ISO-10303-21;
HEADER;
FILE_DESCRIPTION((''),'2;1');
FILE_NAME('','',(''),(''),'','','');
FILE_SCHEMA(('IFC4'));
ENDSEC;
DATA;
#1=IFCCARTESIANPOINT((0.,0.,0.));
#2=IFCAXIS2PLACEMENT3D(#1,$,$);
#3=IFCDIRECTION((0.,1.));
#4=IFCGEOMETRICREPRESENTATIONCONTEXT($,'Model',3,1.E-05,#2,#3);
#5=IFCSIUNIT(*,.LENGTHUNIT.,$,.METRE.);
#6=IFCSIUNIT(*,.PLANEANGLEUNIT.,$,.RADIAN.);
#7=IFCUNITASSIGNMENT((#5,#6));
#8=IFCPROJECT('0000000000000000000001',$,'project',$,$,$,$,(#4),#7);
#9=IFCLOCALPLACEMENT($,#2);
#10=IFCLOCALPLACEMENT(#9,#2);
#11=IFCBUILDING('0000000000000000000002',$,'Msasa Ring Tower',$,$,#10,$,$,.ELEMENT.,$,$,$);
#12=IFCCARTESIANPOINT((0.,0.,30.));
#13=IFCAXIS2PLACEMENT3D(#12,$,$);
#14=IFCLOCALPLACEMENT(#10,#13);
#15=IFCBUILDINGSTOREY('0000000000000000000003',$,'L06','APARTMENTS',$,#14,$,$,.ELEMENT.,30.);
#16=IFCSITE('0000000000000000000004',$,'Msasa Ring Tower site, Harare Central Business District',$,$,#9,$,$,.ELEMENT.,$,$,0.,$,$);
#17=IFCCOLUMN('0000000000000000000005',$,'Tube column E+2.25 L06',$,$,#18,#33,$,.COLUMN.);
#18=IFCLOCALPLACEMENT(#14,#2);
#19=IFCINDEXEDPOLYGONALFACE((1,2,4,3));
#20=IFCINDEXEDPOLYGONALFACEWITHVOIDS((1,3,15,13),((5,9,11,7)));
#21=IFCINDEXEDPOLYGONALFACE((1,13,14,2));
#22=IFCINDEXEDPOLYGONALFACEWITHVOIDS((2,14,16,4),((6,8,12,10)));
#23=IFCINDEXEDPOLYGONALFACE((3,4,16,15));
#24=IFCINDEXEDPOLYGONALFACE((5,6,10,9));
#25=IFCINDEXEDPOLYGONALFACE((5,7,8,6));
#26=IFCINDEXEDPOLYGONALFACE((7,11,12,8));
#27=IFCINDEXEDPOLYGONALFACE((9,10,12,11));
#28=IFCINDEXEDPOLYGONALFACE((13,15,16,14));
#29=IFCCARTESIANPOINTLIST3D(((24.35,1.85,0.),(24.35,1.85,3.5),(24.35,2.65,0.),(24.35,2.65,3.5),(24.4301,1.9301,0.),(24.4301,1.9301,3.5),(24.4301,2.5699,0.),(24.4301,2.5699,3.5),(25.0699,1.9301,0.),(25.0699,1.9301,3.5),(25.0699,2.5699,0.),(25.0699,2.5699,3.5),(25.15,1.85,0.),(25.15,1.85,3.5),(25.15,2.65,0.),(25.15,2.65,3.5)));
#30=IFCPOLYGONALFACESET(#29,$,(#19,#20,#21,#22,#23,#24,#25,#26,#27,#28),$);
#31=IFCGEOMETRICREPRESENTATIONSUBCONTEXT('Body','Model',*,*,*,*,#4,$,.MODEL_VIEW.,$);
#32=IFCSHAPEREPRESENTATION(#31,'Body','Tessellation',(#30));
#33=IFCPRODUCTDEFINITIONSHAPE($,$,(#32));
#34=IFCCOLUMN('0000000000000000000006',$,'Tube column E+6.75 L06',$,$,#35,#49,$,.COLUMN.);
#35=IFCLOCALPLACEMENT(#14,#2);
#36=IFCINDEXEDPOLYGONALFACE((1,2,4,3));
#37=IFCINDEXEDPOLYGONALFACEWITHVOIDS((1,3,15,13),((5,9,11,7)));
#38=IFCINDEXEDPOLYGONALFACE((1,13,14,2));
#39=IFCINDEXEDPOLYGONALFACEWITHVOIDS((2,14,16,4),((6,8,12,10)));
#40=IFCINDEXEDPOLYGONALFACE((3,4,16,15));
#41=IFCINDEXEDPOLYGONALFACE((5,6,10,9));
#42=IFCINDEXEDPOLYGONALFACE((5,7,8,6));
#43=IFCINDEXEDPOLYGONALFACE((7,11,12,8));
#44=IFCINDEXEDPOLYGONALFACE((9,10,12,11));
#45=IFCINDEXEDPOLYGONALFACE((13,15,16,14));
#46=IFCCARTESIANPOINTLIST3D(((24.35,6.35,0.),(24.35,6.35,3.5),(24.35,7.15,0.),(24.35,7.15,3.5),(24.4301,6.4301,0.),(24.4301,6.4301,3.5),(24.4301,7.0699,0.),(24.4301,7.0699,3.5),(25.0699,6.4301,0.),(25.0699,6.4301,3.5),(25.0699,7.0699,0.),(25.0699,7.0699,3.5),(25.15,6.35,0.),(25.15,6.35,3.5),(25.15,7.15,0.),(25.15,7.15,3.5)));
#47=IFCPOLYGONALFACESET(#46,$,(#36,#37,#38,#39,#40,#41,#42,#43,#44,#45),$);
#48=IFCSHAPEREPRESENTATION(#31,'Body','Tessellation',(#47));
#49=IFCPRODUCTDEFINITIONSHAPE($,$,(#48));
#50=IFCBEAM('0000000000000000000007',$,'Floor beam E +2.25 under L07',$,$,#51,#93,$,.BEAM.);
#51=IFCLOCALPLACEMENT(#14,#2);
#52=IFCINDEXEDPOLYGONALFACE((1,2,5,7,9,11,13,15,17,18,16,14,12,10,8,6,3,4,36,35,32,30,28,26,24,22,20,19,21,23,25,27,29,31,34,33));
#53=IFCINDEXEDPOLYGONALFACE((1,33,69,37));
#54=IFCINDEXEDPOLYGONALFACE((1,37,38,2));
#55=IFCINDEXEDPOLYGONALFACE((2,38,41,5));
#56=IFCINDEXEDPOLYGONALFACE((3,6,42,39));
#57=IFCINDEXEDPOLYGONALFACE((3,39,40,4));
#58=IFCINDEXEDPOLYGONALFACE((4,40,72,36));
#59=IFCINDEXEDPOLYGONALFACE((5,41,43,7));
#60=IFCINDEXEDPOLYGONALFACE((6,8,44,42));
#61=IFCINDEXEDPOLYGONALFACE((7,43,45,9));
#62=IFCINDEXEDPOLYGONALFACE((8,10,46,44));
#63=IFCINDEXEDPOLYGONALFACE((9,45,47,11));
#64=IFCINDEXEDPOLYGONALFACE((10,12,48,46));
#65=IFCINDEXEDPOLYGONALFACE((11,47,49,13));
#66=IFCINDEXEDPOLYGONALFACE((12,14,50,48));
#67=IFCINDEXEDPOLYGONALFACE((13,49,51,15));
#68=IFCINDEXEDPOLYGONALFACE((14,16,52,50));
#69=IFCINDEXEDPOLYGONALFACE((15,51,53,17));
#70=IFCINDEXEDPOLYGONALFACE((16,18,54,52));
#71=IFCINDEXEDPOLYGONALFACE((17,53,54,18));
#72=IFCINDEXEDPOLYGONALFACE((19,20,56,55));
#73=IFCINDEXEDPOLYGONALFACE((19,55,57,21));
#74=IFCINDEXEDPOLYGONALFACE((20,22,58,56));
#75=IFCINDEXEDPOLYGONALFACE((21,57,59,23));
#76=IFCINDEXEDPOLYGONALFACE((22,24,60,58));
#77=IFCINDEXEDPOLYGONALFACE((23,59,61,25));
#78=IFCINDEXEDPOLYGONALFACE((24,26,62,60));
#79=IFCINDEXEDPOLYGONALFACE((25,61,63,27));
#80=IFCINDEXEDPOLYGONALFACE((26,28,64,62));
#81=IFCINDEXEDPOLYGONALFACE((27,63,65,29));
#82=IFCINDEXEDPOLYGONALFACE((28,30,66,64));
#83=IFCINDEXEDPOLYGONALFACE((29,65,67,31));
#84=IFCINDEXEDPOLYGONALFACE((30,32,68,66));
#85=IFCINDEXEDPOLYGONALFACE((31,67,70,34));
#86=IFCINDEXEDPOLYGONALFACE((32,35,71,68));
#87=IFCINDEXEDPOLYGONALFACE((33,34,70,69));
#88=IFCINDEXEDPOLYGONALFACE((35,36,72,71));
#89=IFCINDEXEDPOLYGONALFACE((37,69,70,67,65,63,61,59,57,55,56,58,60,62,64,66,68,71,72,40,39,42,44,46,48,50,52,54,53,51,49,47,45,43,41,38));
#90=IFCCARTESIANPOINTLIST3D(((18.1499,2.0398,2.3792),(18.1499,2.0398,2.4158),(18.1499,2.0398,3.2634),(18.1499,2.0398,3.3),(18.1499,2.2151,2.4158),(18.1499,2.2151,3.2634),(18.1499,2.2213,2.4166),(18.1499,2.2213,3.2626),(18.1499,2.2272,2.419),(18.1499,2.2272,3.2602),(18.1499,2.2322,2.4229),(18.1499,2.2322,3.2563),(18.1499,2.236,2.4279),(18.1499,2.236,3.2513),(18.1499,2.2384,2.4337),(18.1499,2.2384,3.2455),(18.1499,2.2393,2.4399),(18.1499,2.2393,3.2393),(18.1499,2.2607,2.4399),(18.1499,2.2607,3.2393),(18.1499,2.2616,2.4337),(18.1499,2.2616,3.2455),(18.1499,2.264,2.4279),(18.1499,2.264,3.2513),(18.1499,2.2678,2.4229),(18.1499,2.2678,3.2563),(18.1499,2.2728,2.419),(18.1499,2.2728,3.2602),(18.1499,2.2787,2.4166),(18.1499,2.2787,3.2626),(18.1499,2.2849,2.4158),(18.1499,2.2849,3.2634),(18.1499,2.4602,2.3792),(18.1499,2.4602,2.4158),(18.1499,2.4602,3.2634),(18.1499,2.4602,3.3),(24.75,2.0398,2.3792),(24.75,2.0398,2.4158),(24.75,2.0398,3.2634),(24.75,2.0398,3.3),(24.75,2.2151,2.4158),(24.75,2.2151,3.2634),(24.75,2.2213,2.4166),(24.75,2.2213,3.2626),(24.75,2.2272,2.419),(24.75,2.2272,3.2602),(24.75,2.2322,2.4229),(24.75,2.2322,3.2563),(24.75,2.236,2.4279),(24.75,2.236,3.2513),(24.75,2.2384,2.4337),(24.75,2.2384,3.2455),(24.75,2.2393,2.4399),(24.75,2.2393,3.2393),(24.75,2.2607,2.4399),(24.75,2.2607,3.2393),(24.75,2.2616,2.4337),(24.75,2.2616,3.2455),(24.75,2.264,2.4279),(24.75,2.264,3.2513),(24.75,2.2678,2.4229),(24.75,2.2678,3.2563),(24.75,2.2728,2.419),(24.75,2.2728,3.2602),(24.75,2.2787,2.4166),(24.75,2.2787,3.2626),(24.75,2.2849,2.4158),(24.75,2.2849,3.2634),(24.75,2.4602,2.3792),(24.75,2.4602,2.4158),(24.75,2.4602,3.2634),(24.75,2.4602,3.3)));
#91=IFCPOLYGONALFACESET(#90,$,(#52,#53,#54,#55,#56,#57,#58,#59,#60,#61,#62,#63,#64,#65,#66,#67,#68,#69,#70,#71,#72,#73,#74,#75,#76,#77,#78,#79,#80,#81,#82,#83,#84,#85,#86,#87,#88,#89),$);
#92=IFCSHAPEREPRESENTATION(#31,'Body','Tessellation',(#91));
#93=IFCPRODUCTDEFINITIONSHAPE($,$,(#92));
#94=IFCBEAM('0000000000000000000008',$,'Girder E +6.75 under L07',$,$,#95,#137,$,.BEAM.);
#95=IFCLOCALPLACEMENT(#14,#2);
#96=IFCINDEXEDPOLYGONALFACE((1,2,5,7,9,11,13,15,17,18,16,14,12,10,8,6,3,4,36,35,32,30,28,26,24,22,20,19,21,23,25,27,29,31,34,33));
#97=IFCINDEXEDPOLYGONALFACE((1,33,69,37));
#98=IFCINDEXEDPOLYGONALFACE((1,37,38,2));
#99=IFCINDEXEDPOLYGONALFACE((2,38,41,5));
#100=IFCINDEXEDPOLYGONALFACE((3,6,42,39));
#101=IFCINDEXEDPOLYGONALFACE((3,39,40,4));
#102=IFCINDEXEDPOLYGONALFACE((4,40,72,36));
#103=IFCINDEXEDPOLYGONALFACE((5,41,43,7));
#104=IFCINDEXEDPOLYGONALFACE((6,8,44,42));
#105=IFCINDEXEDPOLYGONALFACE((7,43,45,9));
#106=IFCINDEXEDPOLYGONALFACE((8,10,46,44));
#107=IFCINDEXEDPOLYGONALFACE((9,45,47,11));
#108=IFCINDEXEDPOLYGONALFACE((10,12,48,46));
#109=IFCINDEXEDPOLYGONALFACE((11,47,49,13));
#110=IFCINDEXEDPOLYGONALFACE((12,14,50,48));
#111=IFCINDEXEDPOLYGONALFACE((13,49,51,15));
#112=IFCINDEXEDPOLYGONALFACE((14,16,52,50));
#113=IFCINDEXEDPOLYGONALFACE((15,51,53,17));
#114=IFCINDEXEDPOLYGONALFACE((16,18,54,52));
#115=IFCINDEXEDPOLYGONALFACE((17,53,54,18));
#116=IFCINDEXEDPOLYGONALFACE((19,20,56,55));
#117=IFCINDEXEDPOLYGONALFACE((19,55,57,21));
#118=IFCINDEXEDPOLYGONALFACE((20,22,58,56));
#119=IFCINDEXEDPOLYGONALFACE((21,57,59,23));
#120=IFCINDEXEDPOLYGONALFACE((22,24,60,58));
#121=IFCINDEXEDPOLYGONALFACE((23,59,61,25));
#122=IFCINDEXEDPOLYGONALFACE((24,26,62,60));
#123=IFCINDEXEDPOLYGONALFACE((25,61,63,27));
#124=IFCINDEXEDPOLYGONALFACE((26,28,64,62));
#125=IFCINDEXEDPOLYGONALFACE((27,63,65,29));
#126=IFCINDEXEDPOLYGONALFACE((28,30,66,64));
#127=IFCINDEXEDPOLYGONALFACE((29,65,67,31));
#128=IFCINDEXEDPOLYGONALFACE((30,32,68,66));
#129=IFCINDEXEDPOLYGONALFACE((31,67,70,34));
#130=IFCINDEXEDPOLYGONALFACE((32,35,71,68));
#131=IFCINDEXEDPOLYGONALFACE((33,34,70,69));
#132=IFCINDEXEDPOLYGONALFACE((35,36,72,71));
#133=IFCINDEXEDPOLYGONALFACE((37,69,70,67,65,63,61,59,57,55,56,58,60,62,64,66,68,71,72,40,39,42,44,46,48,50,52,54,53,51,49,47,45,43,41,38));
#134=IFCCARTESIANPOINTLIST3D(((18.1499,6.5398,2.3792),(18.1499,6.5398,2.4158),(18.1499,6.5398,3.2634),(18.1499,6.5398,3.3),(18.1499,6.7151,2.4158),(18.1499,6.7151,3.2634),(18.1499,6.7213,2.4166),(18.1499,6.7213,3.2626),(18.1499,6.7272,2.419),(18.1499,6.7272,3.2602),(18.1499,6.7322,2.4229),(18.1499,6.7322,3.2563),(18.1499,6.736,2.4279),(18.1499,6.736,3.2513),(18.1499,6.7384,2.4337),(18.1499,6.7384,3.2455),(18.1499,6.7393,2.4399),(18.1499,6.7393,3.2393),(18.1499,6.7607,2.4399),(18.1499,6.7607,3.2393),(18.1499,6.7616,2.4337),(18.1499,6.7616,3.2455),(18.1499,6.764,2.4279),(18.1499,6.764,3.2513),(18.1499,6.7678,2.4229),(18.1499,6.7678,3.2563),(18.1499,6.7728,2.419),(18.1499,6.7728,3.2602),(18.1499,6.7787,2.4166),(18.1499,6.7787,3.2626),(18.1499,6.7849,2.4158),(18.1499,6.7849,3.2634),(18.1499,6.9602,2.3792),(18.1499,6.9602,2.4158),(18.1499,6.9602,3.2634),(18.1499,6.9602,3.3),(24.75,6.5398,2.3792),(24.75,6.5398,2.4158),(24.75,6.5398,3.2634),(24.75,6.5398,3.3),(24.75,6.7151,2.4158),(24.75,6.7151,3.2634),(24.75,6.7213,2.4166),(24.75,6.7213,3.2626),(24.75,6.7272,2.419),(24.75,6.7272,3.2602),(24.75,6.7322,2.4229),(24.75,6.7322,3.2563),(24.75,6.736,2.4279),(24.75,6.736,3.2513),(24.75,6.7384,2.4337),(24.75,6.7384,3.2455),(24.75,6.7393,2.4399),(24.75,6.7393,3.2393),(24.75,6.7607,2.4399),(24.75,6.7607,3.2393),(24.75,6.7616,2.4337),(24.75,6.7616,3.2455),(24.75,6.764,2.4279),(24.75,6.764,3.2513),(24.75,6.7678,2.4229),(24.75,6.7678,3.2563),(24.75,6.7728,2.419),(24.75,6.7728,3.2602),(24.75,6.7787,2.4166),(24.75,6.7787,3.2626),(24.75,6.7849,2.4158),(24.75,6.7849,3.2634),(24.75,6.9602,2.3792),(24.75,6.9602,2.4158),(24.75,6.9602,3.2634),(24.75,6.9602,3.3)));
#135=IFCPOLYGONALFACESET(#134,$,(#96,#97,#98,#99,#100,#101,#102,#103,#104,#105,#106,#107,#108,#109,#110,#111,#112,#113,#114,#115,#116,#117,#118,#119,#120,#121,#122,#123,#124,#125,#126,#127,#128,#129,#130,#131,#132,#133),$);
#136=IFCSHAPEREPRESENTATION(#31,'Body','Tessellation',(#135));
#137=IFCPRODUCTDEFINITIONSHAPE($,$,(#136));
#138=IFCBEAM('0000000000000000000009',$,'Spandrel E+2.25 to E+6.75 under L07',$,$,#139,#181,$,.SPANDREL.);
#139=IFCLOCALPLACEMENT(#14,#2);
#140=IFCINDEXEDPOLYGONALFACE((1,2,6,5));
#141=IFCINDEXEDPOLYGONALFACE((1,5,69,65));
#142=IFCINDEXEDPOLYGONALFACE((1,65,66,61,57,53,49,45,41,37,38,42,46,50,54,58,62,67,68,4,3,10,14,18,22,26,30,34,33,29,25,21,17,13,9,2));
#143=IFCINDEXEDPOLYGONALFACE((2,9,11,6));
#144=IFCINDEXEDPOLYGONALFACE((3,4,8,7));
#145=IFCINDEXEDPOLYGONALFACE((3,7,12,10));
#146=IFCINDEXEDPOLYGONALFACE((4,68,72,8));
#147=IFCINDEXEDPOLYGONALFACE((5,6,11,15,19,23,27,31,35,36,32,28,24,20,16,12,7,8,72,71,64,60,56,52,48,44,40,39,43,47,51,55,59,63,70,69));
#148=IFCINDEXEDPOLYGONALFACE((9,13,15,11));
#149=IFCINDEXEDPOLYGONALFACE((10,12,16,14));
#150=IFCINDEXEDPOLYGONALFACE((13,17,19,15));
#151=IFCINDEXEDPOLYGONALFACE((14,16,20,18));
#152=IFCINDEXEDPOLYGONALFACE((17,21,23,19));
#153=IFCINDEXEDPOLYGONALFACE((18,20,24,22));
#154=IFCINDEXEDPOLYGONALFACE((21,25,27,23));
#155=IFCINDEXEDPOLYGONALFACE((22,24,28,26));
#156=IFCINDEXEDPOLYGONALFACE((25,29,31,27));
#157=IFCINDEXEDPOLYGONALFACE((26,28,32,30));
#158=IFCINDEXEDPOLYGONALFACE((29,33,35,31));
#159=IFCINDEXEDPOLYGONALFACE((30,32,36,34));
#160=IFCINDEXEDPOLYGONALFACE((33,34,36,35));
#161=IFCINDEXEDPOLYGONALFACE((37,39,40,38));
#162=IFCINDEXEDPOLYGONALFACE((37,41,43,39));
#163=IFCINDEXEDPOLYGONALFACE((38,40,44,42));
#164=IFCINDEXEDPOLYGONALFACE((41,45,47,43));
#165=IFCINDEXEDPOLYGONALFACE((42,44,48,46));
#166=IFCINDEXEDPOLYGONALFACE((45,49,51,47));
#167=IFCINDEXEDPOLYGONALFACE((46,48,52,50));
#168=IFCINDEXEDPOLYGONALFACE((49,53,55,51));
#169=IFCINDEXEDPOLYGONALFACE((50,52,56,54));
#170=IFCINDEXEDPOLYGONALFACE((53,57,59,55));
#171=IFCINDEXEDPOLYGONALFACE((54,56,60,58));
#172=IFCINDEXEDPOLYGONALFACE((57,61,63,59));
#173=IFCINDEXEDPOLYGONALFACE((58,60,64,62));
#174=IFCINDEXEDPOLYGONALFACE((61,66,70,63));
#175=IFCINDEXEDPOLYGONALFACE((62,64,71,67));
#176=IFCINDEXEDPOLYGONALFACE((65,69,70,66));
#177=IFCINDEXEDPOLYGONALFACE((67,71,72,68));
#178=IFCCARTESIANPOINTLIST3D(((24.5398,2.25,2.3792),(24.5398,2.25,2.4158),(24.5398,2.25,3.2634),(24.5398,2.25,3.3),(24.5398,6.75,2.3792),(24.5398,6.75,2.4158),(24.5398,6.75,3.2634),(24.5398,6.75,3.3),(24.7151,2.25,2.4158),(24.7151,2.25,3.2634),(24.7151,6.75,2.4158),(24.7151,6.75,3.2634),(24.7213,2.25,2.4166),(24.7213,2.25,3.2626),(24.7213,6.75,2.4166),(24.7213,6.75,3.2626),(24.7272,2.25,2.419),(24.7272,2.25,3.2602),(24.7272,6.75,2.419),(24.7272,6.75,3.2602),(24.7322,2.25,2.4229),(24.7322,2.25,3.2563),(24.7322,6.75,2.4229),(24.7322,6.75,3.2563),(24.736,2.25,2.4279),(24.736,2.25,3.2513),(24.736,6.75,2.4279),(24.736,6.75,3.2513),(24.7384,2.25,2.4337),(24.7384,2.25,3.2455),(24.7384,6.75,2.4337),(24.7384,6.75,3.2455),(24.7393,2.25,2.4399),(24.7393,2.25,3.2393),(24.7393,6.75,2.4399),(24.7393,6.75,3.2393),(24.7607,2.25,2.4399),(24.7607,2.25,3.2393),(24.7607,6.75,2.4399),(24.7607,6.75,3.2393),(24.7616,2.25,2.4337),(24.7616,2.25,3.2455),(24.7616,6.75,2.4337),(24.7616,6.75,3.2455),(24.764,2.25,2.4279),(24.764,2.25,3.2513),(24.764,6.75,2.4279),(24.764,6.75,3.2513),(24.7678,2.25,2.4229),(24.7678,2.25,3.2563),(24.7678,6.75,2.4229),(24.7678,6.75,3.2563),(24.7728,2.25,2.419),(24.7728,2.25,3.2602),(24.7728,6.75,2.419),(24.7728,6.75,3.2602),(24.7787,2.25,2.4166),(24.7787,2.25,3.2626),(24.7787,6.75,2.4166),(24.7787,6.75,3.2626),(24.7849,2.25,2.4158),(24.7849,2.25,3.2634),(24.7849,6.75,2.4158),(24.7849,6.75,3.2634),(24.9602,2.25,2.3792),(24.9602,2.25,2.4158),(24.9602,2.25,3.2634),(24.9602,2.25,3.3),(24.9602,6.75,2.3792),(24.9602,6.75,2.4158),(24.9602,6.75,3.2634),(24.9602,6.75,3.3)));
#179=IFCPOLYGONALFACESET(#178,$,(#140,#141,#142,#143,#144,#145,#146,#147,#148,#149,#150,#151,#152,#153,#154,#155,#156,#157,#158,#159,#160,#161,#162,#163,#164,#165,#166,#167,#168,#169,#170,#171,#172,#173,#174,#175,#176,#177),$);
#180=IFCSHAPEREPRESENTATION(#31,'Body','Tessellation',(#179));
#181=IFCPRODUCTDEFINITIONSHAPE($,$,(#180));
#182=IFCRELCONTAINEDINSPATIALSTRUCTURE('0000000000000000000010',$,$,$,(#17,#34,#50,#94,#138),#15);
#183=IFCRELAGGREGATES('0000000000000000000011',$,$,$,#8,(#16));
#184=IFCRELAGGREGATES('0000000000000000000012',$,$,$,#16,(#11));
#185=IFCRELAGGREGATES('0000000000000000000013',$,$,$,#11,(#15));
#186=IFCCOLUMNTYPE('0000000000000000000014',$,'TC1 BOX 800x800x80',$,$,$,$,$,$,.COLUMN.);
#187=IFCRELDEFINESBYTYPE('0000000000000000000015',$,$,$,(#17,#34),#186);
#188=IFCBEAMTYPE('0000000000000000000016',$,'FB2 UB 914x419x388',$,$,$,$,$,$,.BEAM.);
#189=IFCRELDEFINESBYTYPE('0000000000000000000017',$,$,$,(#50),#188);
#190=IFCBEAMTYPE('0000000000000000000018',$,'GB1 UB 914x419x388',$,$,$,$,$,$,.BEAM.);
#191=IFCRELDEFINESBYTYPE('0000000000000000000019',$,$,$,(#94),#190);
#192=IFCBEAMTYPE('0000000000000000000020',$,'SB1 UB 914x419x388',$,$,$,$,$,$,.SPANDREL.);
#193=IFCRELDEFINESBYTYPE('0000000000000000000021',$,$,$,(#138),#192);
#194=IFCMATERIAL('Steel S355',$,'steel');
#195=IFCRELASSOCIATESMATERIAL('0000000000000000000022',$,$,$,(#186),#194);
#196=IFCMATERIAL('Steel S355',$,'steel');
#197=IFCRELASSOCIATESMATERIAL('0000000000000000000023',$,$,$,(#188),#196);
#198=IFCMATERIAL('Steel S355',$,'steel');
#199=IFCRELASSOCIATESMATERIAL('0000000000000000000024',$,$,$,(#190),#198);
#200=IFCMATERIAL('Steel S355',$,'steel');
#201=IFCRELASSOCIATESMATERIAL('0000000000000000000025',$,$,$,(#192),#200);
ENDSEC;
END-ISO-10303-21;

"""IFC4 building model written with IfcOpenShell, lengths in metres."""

from ifc_helpers import new_model, si_unit, direction, frame, origin, origin_2d, place, context, subcontext, project, spatial, hollow_rectangle, i_section, extrude, material, material_profile, profile_set, type_object, element, save


model = new_model("IFC4")

# Units and contexts
model_context = context("Model", 3, precision=1e-05, world=origin(), true_north=direction((0.0, 1.0)))
body_context = subcontext(model_context, "Body", "Model", "MODEL_VIEW")
ifc_project = project(units=[si_unit("LENGTHUNIT", "METRE"), si_unit("PLANEANGLEUNIT", "RADIAN")], contexts=[model_context])

# Site, building, storey
site_placement = place(None, origin())
site = spatial("IfcSite", under=ifc_project, at=site_placement, Name="Msasa Ring Tower site, Harare Central Business District", CompositionType="ELEMENT", RefElevation=0.0)
building_placement = place(site_placement, origin())
building = spatial("IfcBuilding", under=site, at=building_placement, Name="Msasa Ring Tower", CompositionType="ELEMENT")
storey_placement = place(building_placement, frame((0.0, 0.0, 30.0)))
storey = spatial("IfcBuildingStorey", under=building, at=storey_placement, Name="L06", Description="APARTMENTS", CompositionType="ELEMENT", Elevation=30.0)

# Columns
ifc_material_1 = material(Name="Steel S355", Category="steel")
ifc_material_profile_1 = material_profile(ifc_material_1, hollow_rectangle(XDim=0.8, YDim=0.8, WallThickness=0.0801, at=origin_2d()), Name="BOX 800x800x80")
ifc_profile_set_1 = profile_set([ifc_material_profile_1], Name="Steel S355")
column_type = type_object("IfcColumnType", Name="TC1 BOX 800x800x80", PredefinedType="COLUMN", material=ifc_profile_set_1)
for number, where, z_axis, x_axis, name in (
    (1, (24.75, 2.25, 0.0), (0.0, 0.0, 1.0), (1.0, 0.0, 0.0), "Tube column E+2.25 L06"),
    (2, (24.75, 6.75, 0.0), (0.0, 0.0, 1.0), (1.0, 0.0, 0.0), "Tube column E+6.75 L06"),
):
    element("IfcColumn", number, at=place(storey_placement, frame(where, z_axis=z_axis, x_axis=x_axis)), inside=storey, type_object=column_type, Name=name, PredefinedType="COLUMN", context=body_context, shape_type="SweptSolid", body=[
        extrude(hollow_rectangle(XDim=0.8, YDim=0.8, WallThickness=0.0801, at=origin_2d()), origin(), (0.0, 0.0, 1.0), 3.5),
    ])

# Beams
ifc_material_2 = material(Name="Steel S355", Category="steel")
ifc_material_profile_2 = material_profile(ifc_material_2, i_section(OverallWidth=0.4204, OverallDepth=0.9209, WebThickness=0.0215, FlangeThickness=0.0366, FilletRadius=0.0242, at=origin_2d()), Name="UB 914x419x388")
ifc_profile_set_2 = profile_set([ifc_material_profile_2], Name="Steel S355")
beam_type_1 = type_object("IfcBeamType", Name="FB2 UB 914x419x388", PredefinedType="BEAM", material=ifc_profile_set_2)
beam_1_placement = place(storey_placement, frame((24.75, 2.25, 2.8396), z_axis=(-1.0, 0.0, 0.0), x_axis=(0.0, -1.0, 0.0)))
element("IfcBeam", 3, at=beam_1_placement, inside=storey, type_object=beam_type_1, Name="Floor beam E +2.25 under L07", PredefinedType="BEAM", context=body_context, shape_type="SweptSolid", body=[
    extrude(i_section(OverallWidth=0.4204, OverallDepth=0.9209, WebThickness=0.0215, FlangeThickness=0.0366, FilletRadius=0.0242, at=origin_2d()), origin(), (0.0, 0.0, 1.0), 6.6001),
])
ifc_material_3 = material(Name="Steel S355", Category="steel")
ifc_material_profile_3 = material_profile(ifc_material_3, i_section(OverallWidth=0.4204, OverallDepth=0.9209, WebThickness=0.0215, FlangeThickness=0.0366, FilletRadius=0.0242, at=origin_2d()), Name="UB 914x419x388")
ifc_profile_set_3 = profile_set([ifc_material_profile_3], Name="Steel S355")
beam_type_2 = type_object("IfcBeamType", Name="GB1 UB 914x419x388", PredefinedType="BEAM", material=ifc_profile_set_3)
beam_2_placement = place(storey_placement, frame((18.1499, 6.75, 2.8396), z_axis=(1.0, 0.0, 0.0), x_axis=(0.0, 1.0, 0.0)))
element("IfcBeam", 4, at=beam_2_placement, inside=storey, type_object=beam_type_2, Name="Girder E +6.75 under L07", PredefinedType="BEAM", context=body_context, shape_type="SweptSolid", body=[
    extrude(i_section(OverallWidth=0.4204, OverallDepth=0.9209, WebThickness=0.0215, FlangeThickness=0.0366, FilletRadius=0.0242, at=origin_2d()), origin(), (0.0, 0.0, 1.0), 6.6001),
])
ifc_material_4 = material(Name="Steel S355", Category="steel")
ifc_material_profile_4 = material_profile(ifc_material_4, i_section(OverallWidth=0.4204, OverallDepth=0.9209, WebThickness=0.0215, FlangeThickness=0.0366, FilletRadius=0.0242, at=origin_2d()), Name="UB 914x419x388")
ifc_profile_set_4 = profile_set([ifc_material_profile_4], Name="Steel S355")
beam_type_3 = type_object("IfcBeamType", Name="SB1 UB 914x419x388", PredefinedType="SPANDREL", material=ifc_profile_set_4)
for number, where, z_axis, x_axis, name in (
    (5, (24.75, 2.25, 2.8396), (0.0, 1.0, 0.0), (-1.0, 0.0, 0.0), "Spandrel E+2.25 to E+6.75 under L07"),
):
    element("IfcBeam", number, at=place(storey_placement, frame(where, z_axis=z_axis, x_axis=x_axis)), inside=storey, type_object=beam_type_3, Name=name, PredefinedType="SPANDREL", context=body_context, shape_type="SweptSolid", body=[
        extrude(i_section(OverallWidth=0.4204, OverallDepth=0.9209, WebThickness=0.0215, FlangeThickness=0.0366, FilletRadius=0.0242, at=origin_2d()), origin(), (0.0, 0.0, 1.0), 4.5),
    ])

save(model, "model.ifc")
